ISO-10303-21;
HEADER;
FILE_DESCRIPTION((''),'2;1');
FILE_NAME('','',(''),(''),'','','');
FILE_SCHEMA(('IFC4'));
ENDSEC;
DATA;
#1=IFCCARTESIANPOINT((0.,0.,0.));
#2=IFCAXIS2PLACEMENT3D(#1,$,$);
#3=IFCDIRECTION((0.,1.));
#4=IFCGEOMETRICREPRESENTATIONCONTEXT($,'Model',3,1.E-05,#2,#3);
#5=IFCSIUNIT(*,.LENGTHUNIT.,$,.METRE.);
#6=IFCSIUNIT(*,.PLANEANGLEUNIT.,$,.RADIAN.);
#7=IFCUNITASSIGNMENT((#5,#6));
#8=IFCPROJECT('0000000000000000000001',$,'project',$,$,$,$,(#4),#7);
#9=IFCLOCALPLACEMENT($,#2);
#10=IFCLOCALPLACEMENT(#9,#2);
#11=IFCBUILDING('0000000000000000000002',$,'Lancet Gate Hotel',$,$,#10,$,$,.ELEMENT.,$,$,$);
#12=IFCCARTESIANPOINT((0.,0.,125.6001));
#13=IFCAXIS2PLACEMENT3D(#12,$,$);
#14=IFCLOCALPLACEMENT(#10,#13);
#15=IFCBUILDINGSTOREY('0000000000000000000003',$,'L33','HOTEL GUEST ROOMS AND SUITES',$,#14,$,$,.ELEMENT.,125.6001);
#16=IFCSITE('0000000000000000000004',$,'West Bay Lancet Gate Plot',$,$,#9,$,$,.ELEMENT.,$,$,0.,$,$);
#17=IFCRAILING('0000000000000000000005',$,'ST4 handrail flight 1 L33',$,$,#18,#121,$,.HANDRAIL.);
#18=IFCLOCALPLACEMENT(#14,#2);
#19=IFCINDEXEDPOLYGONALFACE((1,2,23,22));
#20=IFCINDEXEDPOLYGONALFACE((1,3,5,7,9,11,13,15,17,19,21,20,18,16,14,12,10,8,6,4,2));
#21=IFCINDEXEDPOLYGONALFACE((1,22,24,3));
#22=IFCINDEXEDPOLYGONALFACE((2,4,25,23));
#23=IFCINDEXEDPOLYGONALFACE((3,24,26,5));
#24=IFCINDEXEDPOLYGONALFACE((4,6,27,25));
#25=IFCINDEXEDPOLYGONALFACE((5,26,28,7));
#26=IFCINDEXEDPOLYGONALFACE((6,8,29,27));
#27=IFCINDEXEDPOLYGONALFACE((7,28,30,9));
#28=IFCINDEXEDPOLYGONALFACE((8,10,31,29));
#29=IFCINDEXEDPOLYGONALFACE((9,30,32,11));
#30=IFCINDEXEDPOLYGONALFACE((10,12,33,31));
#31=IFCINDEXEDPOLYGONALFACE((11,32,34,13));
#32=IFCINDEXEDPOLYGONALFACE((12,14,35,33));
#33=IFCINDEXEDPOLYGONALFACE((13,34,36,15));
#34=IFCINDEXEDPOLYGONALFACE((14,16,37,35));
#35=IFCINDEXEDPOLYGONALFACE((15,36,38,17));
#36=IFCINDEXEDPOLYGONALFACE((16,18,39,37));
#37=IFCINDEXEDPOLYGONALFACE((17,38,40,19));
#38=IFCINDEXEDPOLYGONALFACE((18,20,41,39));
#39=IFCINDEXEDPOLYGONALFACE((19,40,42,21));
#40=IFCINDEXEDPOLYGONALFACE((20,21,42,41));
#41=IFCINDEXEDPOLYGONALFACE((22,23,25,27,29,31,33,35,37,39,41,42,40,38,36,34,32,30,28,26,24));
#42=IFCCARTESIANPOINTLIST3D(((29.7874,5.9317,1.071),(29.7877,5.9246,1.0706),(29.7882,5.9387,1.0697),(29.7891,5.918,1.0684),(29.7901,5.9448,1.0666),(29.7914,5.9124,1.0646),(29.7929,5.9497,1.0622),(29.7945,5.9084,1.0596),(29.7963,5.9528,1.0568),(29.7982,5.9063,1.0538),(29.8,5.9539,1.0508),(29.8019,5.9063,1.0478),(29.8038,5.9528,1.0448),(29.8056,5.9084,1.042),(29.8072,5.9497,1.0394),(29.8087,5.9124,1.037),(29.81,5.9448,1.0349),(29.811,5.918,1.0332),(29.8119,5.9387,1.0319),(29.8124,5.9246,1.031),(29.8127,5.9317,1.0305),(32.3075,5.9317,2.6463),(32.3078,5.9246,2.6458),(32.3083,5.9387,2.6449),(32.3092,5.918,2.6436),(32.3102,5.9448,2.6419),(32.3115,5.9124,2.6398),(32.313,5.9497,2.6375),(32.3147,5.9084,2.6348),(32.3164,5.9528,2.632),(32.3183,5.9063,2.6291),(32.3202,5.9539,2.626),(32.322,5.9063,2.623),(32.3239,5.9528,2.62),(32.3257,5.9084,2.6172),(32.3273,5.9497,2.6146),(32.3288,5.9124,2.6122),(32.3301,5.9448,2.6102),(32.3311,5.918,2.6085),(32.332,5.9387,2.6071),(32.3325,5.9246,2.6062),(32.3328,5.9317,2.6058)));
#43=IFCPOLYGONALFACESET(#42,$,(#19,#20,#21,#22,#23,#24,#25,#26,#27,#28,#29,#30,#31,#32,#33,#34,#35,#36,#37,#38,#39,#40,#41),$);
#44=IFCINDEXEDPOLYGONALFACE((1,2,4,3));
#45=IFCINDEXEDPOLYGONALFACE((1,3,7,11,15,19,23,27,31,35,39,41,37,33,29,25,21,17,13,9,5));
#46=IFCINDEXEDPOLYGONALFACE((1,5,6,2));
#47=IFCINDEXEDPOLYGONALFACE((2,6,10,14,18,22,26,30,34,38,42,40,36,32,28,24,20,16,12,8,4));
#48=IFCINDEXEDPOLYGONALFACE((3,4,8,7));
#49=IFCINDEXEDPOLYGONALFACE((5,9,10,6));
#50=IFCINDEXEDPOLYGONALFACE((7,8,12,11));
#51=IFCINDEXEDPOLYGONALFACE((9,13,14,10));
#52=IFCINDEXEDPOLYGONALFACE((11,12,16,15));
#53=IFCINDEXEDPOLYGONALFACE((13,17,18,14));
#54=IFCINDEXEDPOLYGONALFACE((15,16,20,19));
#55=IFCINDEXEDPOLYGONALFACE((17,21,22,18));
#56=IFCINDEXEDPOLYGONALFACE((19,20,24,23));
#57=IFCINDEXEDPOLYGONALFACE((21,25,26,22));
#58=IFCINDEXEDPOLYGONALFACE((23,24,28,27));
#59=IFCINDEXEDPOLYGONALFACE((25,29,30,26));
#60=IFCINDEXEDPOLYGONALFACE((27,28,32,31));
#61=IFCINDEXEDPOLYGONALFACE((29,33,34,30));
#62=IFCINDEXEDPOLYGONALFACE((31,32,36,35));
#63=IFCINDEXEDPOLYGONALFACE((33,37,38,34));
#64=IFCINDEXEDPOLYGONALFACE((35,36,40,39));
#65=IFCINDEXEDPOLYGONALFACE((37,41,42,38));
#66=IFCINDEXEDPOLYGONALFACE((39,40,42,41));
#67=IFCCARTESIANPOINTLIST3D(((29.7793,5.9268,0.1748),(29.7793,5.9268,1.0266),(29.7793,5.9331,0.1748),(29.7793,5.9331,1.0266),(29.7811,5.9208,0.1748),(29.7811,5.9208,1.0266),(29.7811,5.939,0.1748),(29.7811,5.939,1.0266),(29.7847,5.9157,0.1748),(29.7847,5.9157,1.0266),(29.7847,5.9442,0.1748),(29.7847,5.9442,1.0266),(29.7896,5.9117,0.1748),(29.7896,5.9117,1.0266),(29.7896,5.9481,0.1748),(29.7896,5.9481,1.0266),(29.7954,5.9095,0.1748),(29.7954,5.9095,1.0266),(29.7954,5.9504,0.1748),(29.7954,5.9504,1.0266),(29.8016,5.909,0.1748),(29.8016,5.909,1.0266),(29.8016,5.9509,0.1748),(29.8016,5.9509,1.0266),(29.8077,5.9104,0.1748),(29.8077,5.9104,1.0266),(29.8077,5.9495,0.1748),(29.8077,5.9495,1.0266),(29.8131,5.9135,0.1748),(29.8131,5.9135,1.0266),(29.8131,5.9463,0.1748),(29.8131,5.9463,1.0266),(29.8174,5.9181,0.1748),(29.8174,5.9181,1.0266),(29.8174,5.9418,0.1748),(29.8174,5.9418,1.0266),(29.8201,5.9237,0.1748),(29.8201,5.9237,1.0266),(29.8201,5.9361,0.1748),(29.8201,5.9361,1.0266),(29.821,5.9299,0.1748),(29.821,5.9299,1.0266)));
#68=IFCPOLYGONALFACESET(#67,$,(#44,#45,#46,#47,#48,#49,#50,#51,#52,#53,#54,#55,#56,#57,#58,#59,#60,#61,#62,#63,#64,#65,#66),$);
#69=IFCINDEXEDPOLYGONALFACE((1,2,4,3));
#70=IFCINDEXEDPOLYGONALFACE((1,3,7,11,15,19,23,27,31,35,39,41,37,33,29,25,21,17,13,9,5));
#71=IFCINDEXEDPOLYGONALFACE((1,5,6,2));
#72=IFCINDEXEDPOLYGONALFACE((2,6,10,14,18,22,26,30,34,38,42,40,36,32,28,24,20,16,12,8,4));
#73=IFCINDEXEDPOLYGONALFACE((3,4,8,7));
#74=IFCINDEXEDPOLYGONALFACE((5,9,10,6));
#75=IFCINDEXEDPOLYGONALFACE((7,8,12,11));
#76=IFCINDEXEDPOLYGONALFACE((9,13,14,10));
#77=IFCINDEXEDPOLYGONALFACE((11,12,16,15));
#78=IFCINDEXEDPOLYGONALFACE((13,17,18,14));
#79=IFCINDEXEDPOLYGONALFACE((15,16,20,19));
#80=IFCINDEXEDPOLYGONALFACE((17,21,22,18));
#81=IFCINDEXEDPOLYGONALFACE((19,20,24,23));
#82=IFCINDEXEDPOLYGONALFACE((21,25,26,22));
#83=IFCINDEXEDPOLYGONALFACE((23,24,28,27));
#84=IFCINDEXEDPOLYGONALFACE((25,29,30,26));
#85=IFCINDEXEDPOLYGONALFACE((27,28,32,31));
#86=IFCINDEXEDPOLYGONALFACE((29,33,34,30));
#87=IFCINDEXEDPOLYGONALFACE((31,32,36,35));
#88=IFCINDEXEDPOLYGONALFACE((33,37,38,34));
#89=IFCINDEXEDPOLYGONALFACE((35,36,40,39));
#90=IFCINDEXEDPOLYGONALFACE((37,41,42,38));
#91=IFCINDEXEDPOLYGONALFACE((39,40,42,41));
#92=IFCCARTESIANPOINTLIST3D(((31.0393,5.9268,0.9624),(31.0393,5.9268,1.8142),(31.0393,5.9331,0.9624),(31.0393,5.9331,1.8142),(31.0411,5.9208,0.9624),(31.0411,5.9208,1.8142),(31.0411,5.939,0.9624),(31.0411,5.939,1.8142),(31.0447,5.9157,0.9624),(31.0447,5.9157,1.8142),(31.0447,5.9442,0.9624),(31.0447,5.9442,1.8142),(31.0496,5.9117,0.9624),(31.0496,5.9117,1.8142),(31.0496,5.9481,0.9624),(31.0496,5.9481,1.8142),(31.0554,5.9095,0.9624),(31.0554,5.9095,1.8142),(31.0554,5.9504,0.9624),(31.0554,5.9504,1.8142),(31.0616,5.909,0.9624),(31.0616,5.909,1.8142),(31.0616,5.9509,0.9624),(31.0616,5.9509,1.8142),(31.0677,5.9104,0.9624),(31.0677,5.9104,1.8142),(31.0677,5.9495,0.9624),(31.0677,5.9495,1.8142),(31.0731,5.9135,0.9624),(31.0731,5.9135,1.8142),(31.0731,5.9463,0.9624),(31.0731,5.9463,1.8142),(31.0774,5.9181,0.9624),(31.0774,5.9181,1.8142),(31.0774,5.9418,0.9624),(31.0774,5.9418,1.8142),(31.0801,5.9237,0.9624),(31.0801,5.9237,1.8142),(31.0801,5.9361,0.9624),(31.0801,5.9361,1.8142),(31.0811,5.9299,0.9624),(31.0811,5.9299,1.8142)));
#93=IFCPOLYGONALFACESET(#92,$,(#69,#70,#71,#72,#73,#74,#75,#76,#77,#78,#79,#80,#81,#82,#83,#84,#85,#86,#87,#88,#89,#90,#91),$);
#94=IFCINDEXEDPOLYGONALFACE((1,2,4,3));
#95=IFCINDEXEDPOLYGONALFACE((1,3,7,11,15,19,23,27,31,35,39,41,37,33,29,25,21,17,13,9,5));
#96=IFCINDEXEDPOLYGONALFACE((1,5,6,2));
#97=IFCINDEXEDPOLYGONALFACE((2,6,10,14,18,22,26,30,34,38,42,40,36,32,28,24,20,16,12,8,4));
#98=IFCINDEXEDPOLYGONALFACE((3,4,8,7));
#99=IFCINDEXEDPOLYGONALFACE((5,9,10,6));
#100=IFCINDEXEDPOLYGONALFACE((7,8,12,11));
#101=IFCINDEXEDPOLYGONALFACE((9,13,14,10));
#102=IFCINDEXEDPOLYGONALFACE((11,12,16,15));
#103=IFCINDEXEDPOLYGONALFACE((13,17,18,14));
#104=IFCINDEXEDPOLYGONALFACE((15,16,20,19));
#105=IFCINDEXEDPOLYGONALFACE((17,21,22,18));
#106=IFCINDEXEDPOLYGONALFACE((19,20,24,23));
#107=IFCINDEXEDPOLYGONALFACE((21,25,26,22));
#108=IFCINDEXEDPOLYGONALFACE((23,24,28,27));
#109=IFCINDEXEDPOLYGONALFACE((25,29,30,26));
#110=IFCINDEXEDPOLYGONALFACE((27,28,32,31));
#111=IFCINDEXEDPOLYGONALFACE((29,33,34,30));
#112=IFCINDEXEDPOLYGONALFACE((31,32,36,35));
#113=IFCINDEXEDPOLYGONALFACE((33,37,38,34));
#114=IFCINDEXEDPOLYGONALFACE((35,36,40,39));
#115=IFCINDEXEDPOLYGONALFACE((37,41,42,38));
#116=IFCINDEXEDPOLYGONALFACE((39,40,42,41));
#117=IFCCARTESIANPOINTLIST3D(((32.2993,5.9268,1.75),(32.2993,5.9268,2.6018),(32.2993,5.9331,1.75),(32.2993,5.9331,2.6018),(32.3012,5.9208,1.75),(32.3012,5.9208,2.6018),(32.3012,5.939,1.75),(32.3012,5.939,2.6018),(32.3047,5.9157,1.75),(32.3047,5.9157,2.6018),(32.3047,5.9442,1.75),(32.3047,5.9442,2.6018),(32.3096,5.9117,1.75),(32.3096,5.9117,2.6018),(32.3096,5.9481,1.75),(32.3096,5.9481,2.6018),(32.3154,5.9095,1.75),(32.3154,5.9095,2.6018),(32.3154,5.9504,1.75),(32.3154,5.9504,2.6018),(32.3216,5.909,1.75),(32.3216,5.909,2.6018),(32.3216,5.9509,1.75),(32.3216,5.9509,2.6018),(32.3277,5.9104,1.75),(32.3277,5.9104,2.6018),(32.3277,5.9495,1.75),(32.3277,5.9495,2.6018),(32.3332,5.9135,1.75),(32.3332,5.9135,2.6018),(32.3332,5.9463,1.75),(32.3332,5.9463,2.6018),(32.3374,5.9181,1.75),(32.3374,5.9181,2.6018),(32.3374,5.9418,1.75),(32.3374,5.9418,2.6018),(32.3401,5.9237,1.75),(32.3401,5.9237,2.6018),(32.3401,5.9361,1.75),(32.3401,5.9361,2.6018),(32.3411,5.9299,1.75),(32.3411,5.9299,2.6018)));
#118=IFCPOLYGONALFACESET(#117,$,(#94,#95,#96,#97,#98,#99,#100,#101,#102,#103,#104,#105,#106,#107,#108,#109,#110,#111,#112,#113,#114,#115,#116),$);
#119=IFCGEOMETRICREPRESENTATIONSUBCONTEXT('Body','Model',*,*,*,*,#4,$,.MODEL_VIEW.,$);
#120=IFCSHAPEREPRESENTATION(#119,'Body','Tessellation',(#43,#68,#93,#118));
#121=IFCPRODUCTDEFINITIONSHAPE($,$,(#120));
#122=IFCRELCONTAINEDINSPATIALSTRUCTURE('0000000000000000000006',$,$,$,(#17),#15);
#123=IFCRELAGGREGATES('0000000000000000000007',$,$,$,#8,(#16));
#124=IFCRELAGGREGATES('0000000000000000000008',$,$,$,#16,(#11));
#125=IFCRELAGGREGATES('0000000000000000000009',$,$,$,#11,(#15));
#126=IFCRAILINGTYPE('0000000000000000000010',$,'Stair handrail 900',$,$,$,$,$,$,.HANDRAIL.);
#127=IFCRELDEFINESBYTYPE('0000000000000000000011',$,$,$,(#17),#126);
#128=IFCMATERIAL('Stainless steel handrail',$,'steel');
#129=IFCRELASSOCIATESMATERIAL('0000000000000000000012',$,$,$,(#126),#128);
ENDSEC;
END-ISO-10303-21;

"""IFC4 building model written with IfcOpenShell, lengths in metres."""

from ifc_helpers import new_model, si_unit, direction, frame, origin, origin_2d, place, context, subcontext, project, spatial, circle, extrude, material, type_object, element, save


model = new_model("IFC4")

# Units and contexts
model_context = context("Model", 3, precision=1e-05, world=origin(), true_north=direction((0.0, 1.0)))
body_context = subcontext(model_context, "Body", "Model", "MODEL_VIEW")
ifc_project = project(units=[si_unit("LENGTHUNIT", "METRE"), si_unit("PLANEANGLEUNIT", "RADIAN")], contexts=[model_context])

# Site, building, storey
site_placement = place(None, origin())
site = spatial("IfcSite", under=ifc_project, at=site_placement, Name="West Bay Lancet Gate Plot", CompositionType="ELEMENT", RefElevation=0.0)
building_placement = place(site_placement, origin())
building = spatial("IfcBuilding", under=site, at=building_placement, Name="Lancet Gate Hotel", CompositionType="ELEMENT")
storey_placement = place(building_placement, frame((0.0, 0.0, 125.6001)))
storey = spatial("IfcBuildingStorey", under=building, at=storey_placement, Name="L33", Description="HOTEL GUEST ROOMS AND SUITES", CompositionType="ELEMENT", Elevation=125.6001)

# Railing
ifc_material_1 = material(Name="Stainless steel handrail", Category="steel")
railing_type = type_object("IfcRailingType", Name="Stair handrail 900", PredefinedType="HANDRAIL", material=ifc_material_1)
railing_1_placement = place(storey_placement, frame((29.8, 5.9299, 0.1748)))
element("IfcRailing", 1, at=railing_1_placement, inside=storey, type_object=railing_type, Name="ST4 handrail flight 1 L33", PredefinedType="HANDRAIL", context=body_context, shape_type="SweptSolid", body=[
    extrude(circle(Radius=0.0239, at=origin_2d()), frame((0.0, 0.0, 0.876), z_axis=(0.847971, 0.0, 0.530043), x_axis=(0.0, 1.0, 0.0)), (0.0, 0.0, 1.0), 2.9719),
    extrude(circle(Radius=0.021, at=origin_2d()), origin(), (0.0, 0.0, 1.0), 0.8518),
    extrude(circle(Radius=0.021, at=origin_2d()), frame((1.26, 0.0, 0.7876)), (0.0, 0.0, 1.0), 0.8518),
    extrude(circle(Radius=0.021, at=origin_2d()), frame((2.52, 0.0, 1.5752)), (0.0, 0.0, 1.0), 0.8518),
])

save(model, "model.ifc")
